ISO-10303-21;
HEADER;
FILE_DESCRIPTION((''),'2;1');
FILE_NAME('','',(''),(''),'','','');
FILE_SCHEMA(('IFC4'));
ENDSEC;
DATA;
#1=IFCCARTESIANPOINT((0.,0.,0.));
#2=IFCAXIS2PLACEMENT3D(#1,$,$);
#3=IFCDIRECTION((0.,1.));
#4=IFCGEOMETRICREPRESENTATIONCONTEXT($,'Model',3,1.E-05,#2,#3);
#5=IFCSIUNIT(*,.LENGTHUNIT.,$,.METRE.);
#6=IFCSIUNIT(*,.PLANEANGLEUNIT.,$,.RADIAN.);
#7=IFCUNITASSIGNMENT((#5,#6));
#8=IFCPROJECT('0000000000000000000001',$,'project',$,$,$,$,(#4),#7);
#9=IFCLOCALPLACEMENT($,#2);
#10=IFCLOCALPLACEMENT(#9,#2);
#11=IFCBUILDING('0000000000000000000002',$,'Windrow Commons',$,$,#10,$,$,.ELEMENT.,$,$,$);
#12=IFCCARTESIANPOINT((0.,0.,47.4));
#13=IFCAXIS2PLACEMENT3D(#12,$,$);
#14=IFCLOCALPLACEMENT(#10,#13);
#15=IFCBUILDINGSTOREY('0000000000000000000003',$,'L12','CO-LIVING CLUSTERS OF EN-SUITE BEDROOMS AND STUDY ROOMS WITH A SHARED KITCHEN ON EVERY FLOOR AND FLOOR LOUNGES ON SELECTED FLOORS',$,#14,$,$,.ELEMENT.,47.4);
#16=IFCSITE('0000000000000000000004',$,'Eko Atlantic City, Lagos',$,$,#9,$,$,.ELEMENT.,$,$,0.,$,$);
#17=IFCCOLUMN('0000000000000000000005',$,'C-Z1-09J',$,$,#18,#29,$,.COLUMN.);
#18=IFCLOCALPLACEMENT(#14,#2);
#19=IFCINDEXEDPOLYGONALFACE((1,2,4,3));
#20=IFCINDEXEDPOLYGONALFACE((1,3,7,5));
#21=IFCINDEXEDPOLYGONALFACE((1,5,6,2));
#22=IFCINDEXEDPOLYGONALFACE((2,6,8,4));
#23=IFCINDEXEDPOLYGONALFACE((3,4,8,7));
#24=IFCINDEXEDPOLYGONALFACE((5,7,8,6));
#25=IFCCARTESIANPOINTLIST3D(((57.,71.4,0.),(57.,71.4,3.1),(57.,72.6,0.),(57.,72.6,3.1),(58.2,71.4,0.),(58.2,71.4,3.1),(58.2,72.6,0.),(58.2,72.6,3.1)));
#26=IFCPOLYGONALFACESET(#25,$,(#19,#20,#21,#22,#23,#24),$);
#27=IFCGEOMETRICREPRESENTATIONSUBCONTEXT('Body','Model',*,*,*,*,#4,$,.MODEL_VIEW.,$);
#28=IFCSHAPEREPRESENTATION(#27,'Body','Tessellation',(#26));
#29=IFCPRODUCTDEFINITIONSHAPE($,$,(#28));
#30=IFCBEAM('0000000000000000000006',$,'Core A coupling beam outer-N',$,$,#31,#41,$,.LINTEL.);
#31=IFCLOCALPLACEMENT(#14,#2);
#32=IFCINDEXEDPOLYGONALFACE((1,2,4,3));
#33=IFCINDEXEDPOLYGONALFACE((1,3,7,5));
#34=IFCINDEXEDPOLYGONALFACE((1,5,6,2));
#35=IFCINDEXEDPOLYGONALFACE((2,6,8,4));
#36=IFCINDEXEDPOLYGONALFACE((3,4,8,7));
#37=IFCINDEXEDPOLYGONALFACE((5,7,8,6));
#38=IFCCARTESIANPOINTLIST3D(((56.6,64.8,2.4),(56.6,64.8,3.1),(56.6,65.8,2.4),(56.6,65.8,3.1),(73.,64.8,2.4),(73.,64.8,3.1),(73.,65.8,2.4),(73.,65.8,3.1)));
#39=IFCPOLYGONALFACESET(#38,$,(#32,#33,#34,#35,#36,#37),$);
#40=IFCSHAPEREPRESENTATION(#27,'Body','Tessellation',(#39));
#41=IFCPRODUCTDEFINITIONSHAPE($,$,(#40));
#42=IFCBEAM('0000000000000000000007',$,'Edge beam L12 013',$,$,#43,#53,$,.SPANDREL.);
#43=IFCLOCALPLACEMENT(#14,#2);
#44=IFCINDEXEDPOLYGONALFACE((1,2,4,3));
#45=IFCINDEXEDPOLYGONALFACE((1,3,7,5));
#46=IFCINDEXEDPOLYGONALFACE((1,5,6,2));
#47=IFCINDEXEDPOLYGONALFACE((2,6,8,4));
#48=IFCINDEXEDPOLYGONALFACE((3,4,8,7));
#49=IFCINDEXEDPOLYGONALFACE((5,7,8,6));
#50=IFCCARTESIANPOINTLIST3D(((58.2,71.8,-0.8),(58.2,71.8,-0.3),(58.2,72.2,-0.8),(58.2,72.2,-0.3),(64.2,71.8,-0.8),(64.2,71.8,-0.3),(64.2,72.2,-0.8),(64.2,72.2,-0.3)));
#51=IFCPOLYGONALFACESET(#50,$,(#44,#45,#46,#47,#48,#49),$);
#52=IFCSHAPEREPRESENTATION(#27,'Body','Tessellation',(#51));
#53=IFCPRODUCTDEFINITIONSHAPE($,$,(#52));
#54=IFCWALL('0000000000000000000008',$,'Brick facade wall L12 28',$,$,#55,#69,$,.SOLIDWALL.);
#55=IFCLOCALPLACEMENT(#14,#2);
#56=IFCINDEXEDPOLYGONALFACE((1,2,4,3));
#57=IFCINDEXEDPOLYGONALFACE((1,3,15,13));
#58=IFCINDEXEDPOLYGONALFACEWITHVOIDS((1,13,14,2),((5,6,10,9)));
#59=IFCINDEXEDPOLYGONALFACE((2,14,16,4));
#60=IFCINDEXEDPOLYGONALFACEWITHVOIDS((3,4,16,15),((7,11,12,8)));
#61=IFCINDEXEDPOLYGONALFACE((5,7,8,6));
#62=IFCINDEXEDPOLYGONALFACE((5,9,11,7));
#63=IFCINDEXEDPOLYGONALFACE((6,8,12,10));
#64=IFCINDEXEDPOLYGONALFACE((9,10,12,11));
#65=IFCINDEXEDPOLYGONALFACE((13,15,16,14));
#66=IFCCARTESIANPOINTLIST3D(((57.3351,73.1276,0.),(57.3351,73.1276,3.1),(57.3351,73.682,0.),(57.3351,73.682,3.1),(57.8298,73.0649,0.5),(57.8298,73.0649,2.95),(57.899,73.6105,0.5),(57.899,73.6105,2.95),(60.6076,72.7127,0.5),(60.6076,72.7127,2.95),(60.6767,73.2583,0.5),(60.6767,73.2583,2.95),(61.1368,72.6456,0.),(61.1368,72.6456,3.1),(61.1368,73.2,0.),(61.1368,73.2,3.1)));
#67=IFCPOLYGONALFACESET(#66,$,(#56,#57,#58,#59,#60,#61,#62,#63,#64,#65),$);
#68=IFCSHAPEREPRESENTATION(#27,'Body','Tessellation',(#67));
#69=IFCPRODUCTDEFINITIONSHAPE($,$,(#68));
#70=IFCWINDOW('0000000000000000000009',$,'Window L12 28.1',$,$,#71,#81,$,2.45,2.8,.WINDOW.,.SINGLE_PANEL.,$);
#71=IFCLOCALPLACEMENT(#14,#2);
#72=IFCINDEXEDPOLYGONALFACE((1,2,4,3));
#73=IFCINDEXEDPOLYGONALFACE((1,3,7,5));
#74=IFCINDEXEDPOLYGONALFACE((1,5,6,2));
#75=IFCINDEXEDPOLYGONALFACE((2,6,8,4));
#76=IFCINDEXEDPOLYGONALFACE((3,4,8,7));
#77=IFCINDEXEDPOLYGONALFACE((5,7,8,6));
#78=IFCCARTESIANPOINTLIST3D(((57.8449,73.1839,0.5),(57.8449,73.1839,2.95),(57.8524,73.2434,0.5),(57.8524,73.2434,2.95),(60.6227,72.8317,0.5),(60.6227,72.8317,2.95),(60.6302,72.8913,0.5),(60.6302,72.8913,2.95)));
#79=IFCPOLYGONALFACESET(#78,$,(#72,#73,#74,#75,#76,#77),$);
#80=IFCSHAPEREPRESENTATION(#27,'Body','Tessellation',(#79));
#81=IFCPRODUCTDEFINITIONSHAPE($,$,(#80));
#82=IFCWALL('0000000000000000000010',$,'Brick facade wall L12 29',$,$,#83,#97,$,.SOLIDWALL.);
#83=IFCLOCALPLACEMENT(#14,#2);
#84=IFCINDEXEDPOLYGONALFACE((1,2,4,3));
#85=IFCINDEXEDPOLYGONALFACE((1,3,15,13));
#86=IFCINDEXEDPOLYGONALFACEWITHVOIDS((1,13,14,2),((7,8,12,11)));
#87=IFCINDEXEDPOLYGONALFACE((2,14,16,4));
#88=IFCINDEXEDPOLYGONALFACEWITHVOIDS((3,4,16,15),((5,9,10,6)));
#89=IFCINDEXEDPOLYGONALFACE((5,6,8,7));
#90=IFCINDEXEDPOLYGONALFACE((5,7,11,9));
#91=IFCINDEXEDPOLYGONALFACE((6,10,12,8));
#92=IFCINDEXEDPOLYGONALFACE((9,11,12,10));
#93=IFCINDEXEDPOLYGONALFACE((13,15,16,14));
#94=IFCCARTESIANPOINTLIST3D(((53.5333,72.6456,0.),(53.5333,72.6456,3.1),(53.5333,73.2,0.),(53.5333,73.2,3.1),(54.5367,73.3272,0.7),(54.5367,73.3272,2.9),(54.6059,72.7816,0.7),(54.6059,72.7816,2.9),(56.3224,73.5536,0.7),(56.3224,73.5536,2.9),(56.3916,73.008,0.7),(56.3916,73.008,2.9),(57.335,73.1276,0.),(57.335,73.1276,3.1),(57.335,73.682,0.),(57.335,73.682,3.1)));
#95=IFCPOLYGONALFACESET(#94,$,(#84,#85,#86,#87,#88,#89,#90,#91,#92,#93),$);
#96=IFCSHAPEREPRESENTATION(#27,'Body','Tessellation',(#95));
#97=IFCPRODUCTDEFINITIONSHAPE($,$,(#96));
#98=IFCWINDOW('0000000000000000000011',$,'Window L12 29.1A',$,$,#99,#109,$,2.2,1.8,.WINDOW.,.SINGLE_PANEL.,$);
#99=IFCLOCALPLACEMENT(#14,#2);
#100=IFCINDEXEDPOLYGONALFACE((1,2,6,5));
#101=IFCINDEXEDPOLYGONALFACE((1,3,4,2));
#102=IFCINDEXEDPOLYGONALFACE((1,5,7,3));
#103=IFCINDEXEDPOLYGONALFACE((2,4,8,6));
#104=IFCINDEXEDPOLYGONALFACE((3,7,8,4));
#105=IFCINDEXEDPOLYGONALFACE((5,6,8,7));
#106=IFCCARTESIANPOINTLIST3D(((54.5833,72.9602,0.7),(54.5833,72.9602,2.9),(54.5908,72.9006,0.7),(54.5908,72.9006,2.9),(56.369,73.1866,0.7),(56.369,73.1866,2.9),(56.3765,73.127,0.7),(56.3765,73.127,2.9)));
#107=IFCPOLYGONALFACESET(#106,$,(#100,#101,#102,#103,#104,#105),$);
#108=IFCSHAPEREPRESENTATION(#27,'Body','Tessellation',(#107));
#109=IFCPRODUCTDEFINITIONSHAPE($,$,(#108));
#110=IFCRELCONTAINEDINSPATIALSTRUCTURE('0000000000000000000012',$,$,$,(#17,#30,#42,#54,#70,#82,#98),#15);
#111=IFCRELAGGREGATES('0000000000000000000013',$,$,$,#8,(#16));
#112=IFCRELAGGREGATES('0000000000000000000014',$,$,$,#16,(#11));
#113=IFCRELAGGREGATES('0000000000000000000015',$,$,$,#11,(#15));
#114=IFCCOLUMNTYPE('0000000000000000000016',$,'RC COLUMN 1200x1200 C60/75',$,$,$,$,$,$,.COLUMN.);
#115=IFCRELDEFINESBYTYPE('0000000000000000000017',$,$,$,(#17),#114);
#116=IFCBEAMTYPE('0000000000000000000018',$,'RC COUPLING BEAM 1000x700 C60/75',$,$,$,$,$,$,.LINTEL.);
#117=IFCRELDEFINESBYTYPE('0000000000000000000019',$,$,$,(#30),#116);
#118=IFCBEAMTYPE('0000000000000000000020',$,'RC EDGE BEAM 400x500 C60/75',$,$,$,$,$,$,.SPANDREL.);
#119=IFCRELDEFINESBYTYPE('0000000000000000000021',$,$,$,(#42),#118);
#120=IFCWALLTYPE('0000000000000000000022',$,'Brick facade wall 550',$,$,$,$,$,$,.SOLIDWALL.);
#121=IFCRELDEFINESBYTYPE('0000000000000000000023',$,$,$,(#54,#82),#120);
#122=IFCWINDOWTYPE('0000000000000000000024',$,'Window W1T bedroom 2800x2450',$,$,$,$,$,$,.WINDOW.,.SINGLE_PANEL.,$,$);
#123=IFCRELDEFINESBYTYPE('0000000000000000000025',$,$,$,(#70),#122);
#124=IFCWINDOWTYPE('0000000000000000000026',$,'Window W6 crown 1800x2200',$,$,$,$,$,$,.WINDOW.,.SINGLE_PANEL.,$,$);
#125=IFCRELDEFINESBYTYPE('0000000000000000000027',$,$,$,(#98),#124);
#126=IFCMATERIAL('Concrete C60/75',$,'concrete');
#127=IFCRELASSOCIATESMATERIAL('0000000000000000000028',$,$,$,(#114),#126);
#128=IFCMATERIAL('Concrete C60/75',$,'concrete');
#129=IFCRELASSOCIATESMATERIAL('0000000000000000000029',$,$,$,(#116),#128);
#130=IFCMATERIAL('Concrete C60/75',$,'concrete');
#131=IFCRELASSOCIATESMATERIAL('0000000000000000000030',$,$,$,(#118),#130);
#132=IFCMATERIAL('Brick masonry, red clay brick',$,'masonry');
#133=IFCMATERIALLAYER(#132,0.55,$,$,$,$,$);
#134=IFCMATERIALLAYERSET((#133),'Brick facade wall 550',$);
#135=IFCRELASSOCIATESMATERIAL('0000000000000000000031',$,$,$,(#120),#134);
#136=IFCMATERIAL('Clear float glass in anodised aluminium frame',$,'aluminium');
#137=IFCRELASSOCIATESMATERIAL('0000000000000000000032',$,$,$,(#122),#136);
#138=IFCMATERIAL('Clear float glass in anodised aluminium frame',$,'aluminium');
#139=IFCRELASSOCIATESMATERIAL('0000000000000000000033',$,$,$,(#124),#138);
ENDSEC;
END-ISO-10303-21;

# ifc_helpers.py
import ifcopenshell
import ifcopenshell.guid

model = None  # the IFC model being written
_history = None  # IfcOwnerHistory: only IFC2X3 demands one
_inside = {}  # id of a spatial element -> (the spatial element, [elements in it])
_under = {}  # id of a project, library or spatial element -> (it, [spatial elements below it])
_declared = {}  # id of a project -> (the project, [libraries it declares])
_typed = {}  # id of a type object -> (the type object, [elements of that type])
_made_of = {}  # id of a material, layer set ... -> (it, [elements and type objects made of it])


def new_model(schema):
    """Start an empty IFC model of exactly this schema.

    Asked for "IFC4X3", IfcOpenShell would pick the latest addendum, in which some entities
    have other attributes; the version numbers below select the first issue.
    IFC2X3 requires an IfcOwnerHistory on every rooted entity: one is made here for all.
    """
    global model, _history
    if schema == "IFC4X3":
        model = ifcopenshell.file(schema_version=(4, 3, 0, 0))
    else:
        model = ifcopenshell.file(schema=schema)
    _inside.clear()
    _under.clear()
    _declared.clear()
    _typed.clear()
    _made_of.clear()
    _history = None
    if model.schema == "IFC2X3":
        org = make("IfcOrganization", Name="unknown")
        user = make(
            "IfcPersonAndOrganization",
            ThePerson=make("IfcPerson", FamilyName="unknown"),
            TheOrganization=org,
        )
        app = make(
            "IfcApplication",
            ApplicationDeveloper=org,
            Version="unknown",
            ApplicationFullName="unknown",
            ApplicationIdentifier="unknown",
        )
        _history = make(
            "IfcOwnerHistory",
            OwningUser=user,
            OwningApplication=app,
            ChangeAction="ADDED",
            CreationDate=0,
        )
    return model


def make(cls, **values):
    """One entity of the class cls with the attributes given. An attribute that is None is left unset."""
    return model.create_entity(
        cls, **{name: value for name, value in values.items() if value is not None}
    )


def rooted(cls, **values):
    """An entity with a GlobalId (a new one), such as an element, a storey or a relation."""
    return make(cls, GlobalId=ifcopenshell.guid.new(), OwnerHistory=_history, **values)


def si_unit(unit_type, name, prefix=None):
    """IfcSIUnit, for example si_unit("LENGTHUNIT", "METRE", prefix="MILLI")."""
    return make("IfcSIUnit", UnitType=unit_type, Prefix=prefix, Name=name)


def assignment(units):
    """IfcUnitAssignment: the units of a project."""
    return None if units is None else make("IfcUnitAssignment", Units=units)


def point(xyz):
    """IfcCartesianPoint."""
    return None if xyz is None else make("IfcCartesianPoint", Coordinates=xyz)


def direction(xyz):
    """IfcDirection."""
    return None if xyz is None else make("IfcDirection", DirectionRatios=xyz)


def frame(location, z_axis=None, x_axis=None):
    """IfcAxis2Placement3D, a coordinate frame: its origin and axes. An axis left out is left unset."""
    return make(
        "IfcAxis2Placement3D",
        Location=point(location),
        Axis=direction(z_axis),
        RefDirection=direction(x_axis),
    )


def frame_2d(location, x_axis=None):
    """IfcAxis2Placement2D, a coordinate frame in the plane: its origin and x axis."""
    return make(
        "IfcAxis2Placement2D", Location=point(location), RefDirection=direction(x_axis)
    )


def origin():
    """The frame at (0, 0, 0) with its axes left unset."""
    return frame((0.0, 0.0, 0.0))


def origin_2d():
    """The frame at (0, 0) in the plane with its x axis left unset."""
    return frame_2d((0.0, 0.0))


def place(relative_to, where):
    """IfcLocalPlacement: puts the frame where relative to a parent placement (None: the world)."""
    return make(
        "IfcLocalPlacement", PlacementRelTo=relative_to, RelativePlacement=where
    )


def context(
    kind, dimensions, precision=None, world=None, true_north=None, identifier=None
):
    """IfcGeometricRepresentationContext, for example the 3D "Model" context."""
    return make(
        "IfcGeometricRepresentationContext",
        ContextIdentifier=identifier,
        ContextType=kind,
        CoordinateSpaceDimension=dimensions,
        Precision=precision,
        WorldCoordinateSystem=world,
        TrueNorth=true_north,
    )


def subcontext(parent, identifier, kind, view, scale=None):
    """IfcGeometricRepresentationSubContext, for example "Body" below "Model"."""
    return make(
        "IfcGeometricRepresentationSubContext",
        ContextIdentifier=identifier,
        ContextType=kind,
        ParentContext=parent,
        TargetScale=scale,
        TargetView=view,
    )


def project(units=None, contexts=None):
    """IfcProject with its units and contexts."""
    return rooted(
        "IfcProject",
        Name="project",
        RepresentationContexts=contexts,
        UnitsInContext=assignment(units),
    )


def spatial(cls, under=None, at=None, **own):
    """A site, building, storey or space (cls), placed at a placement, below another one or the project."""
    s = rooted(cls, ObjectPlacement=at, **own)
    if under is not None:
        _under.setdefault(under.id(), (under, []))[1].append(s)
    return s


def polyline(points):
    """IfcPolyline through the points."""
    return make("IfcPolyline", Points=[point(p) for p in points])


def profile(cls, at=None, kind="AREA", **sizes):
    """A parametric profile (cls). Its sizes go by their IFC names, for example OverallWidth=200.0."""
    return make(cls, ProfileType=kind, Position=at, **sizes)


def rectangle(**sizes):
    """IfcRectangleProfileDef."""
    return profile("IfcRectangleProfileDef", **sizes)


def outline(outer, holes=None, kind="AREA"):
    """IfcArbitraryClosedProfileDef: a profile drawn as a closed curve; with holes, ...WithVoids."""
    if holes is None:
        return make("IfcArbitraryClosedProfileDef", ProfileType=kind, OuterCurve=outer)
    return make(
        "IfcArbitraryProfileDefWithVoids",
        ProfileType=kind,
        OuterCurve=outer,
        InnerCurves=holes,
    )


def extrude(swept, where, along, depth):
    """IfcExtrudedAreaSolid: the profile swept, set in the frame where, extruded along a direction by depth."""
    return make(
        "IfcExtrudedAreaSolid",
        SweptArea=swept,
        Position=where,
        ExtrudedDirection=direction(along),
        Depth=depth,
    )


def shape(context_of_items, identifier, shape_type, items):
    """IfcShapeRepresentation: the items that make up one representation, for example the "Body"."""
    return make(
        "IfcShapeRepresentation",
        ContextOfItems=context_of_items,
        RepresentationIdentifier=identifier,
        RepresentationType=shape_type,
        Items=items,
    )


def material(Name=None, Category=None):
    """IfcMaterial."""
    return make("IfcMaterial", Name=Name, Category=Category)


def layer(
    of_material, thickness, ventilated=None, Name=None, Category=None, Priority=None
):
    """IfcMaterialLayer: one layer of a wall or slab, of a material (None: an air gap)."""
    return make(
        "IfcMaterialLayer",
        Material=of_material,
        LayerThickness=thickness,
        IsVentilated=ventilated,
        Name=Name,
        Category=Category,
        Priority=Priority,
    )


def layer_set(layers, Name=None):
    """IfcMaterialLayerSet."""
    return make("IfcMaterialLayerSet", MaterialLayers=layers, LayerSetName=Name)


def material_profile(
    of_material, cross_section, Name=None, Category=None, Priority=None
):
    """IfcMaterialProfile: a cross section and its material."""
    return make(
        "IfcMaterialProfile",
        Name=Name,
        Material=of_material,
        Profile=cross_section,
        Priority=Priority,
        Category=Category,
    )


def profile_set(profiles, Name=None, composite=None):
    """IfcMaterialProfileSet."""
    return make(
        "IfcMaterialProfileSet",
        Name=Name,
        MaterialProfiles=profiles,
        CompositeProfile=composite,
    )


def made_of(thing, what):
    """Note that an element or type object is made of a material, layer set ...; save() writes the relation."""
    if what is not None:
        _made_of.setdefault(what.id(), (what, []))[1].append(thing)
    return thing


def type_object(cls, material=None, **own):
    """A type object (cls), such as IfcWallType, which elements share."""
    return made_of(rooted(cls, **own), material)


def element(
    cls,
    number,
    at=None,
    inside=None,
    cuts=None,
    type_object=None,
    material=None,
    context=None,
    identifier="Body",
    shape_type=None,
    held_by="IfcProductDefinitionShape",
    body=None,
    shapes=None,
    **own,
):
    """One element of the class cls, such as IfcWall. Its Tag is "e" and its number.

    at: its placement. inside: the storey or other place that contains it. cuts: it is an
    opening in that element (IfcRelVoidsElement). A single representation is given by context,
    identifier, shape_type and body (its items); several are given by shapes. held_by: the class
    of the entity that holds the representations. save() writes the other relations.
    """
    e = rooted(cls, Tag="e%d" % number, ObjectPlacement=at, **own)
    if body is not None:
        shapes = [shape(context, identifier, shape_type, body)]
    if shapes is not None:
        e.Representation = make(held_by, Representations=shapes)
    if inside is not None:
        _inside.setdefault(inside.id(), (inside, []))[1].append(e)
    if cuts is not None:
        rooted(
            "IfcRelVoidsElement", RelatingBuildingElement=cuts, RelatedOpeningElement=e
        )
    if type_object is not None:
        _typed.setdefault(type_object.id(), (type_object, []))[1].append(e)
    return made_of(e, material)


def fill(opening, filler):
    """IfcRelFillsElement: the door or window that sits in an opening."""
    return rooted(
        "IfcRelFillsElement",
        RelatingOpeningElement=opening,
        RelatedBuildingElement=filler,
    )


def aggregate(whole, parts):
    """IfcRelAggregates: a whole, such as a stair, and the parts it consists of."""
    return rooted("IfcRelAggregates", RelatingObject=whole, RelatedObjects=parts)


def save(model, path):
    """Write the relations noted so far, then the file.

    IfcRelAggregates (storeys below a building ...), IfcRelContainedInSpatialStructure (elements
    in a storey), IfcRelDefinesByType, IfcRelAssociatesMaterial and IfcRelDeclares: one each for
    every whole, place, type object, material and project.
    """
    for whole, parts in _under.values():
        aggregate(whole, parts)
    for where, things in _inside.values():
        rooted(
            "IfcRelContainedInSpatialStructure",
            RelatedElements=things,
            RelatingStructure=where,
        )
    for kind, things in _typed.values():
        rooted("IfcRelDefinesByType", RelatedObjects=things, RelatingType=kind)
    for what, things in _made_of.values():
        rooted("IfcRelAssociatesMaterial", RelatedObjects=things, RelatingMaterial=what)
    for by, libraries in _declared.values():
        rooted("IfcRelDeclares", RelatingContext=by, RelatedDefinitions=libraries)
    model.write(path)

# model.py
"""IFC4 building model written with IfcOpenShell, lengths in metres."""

from ifc_helpers import new_model, si_unit, direction, frame, frame_2d, origin, origin_2d, place, context, subcontext, project, spatial, polyline, rectangle, outline, extrude, material, layer, layer_set, material_profile, profile_set, type_object, element, fill, save


model = new_model("IFC4")

# Units and contexts
model_context = context("Model", 3, precision=1e-05, world=origin(), true_north=direction((0.0, 1.0)))
body_context = subcontext(model_context, "Body", "Model", "MODEL_VIEW")
ifc_project = project(units=[si_unit("LENGTHUNIT", "METRE"), si_unit("PLANEANGLEUNIT", "RADIAN")], contexts=[model_context])

# Site, building, storey
site_placement = place(None, origin())
site = spatial("IfcSite", under=ifc_project, at=site_placement, Name="Eko Atlantic City, Lagos", CompositionType="ELEMENT", RefElevation=0.0)
building_placement = place(site_placement, origin())
building = spatial("IfcBuilding", under=site, at=building_placement, Name="Windrow Commons", CompositionType="ELEMENT")
storey_placement = place(building_placement, frame((0.0, 0.0, 47.4)))
storey = spatial("IfcBuildingStorey", under=building, at=storey_placement, Name="L12", Description="CO-LIVING CLUSTERS OF EN-SUITE BEDROOMS AND STUDY ROOMS WITH A SHARED KITCHEN ON EVERY FLOOR AND FLOOR LOUNGES ON SELECTED FLOORS", CompositionType="ELEMENT", Elevation=47.4)

# Column
ifc_material_1 = material(Name="Concrete C60/75", Category="concrete")
ifc_material_profile_1 = material_profile(ifc_material_1, rectangle(XDim=1.2, YDim=1.2, at=origin_2d()))
ifc_profile_set_1 = profile_set([ifc_material_profile_1], Name="Concrete C60/75")
column_type = type_object("IfcColumnType", Name="RC COLUMN 1200x1200 C60/75", PredefinedType="COLUMN", material=ifc_profile_set_1)
column_placement = place(storey_placement, frame((57.6, 72.0, 0.0), z_axis=(0.0, 0.0, 1.0), x_axis=(1.0, 0.0, 0.0)))
element("IfcColumn", 1, at=column_placement, inside=storey, type_object=column_type, Name="C-Z1-09J", PredefinedType="COLUMN", context=body_context, shape_type="SweptSolid", body=[
    extrude(rectangle(XDim=1.2, YDim=1.2, at=origin_2d()), origin(), (0.0, 0.0, 1.0), 3.1),
])

# Beams
ifc_material_2 = material(Name="Concrete C60/75", Category="concrete")
ifc_material_profile_2 = material_profile(ifc_material_2, rectangle(XDim=1.0, YDim=0.7, at=origin_2d()))
ifc_profile_set_2 = profile_set([ifc_material_profile_2], Name="Concrete C60/75")
beam_type_1 = type_object("IfcBeamType", Name="RC COUPLING BEAM 1000x700 C60/75", PredefinedType="LINTEL", material=ifc_profile_set_2)
beam_1_placement = place(storey_placement, frame((56.6, 65.3, 2.75), z_axis=(1.0, 0.0, 0.0), x_axis=(0.0, 1.0, 0.0)))
element("IfcBeam", 2, at=beam_1_placement, inside=storey, type_object=beam_type_1, Name="Core A coupling beam outer-N", PredefinedType="LINTEL", context=body_context, shape_type="SweptSolid", body=[
    extrude(rectangle(XDim=1.0, YDim=0.7, at=origin_2d()), origin(), (0.0, 0.0, 1.0), 16.4),
])
ifc_material_3 = material(Name="Concrete C60/75", Category="concrete")
ifc_material_profile_3 = material_profile(ifc_material_3, rectangle(XDim=0.4, YDim=0.5, at=origin_2d()))
ifc_profile_set_3 = profile_set([ifc_material_profile_3], Name="Concrete C60/75")
beam_type_2 = type_object("IfcBeamType", Name="RC EDGE BEAM 400x500 C60/75", PredefinedType="SPANDREL", material=ifc_profile_set_3)
beam_2_placement = place(storey_placement, frame((58.2, 72.0, -0.55), z_axis=(1.0, 0.0, 0.0), x_axis=(0.0, 1.0, 0.0)))
element("IfcBeam", 3, at=beam_2_placement, inside=storey, type_object=beam_type_2, Name="Edge beam L12 013", PredefinedType="SPANDREL", context=body_context, shape_type="SweptSolid", body=[
    extrude(rectangle(XDim=0.4, YDim=0.5, at=origin_2d()), origin(), (0.0, 0.0, 1.0), 6.0),
])

# Walls, openings, windows
ifc_material_4 = material(Name="Brick masonry, red clay brick", Category="masonry")
ifc_layer_1 = layer(ifc_material_4, 0.55)
ifc_layer_set_1 = layer_set([ifc_layer_1], Name="Brick facade wall 550")
wall_type_1 = type_object("IfcWallType", Name="Brick facade wall 550", PredefinedType="SOLIDWALL", material=ifc_layer_set_1)
wall_1_placement = place(storey_placement, frame((61.1368, 72.9228, 0.0), z_axis=(0.0, 0.0, 1.0), x_axis=(-0.992059, 0.125775, 0.0)))
wall_1 = element("IfcWall", 4, at=wall_1_placement, inside=storey, type_object=wall_type_1, Name="Brick facade wall L12 28", PredefinedType="SOLIDWALL", context=body_context, shape_type="SweptSolid", body=[
    extrude(outline(polyline([(0.0349, -0.275), (3.867, -0.275), (3.7973, 0.275), (-0.0349, 0.275), (0.0349, -0.275)])), origin(), (0.0, 0.0, 1.0), 3.1),
])
opening_1_placement = place(wall_1_placement, frame((0.4986, 0.0, 0.5)))
opening_1 = element("IfcOpeningElement", 5, at=opening_1_placement, cuts=wall_1, PredefinedType="OPENING", context=body_context, shape_type="SweptSolid", body=[
    extrude(rectangle(XDim=2.8, YDim=2.45, at=frame_2d((1.4, 1.225))), frame((0.0, 0.285, 0.0), z_axis=(0.0, -1.0, 0.0), x_axis=(1.0, 0.0, 0.0)), (0.0, 0.0, 1.0), 0.57),
])
ifc_material_5 = material(Name="Clear float glass in anodised aluminium frame", Category="aluminium")
window_type_1 = type_object("IfcWindowType", Name="Window W1T bedroom 2800x2450", PartitioningType="SINGLE_PANEL", PredefinedType="WINDOW", material=ifc_material_5)
window_1_placement = place(opening_1_placement, origin())
window_1 = element("IfcWindow", 6, at=window_1_placement, inside=storey, type_object=window_type_1, Name="Window L12 28.1", OverallHeight=2.45, OverallWidth=2.8, PartitioningType="SINGLE_PANEL", PredefinedType="WINDOW", context=body_context, shape_type="SweptSolid", body=[
    extrude(rectangle(XDim=2.8, YDim=2.45, at=frame_2d((1.4, 1.225))), frame((0.0, 0.155, 0.0), z_axis=(0.0, -1.0, 0.0), x_axis=(1.0, 0.0, 0.0)), (0.0, 0.0, 1.0), 0.06),
])
fill(opening_1, window_1)
wall_2_placement = place(storey_placement, frame((57.335, 73.4048, 0.0), z_axis=(0.0, 0.0, 1.0), x_axis=(-0.992058, -0.125779, 0.0)))
wall_2 = element("IfcWall", 7, at=wall_2_placement, inside=storey, type_object=wall_type_1, Name="Brick facade wall L12 29", PredefinedType="SOLIDWALL", context=body_context, shape_type="SweptSolid", body=[
    extrude(outline(polyline([(-0.0349, -0.275), (3.7973, -0.275), (3.867, 0.275), (0.0349, 0.275), (-0.0349, -0.275)])), origin(), (0.0, 0.0, 1.0), 3.1),
])
opening_2_placement = place(wall_2_placement, frame((0.9858, 0.0, 0.7)))
opening_2 = element("IfcOpeningElement", 8, at=opening_2_placement, cuts=wall_2, PredefinedType="OPENING", context=body_context, shape_type="SweptSolid", body=[
    extrude(rectangle(XDim=1.8, YDim=2.2, at=frame_2d((0.9, 1.1))), frame((0.0, 0.285, 0.0), z_axis=(0.0, -1.0, 0.0), x_axis=(1.0, 0.0, 0.0)), (0.0, 0.0, 1.0), 0.57),
])
ifc_material_6 = material(Name="Clear float glass in anodised aluminium frame", Category="aluminium")
window_type_2 = type_object("IfcWindowType", Name="Window W6 crown 1800x2200", PartitioningType="SINGLE_PANEL", PredefinedType="WINDOW", material=ifc_material_6)
window_2_placement = place(opening_2_placement, origin())
window_2 = element("IfcWindow", 9, at=window_2_placement, inside=storey, type_object=window_type_2, Name="Window L12 29.1A", OverallHeight=2.2, OverallWidth=1.8, PartitioningType="SINGLE_PANEL", PredefinedType="WINDOW", context=body_context, shape_type="SweptSolid", body=[
    extrude(rectangle(XDim=1.8, YDim=2.2, at=frame_2d((0.9, 1.1))), frame((0.0, 0.155, 0.0), z_axis=(0.0, -1.0, 0.0), x_axis=(1.0, 0.0, 0.0)), (0.0, 0.0, 1.0), 0.06),
])
fill(opening_2, window_2)

save(model, "model.ifc")
